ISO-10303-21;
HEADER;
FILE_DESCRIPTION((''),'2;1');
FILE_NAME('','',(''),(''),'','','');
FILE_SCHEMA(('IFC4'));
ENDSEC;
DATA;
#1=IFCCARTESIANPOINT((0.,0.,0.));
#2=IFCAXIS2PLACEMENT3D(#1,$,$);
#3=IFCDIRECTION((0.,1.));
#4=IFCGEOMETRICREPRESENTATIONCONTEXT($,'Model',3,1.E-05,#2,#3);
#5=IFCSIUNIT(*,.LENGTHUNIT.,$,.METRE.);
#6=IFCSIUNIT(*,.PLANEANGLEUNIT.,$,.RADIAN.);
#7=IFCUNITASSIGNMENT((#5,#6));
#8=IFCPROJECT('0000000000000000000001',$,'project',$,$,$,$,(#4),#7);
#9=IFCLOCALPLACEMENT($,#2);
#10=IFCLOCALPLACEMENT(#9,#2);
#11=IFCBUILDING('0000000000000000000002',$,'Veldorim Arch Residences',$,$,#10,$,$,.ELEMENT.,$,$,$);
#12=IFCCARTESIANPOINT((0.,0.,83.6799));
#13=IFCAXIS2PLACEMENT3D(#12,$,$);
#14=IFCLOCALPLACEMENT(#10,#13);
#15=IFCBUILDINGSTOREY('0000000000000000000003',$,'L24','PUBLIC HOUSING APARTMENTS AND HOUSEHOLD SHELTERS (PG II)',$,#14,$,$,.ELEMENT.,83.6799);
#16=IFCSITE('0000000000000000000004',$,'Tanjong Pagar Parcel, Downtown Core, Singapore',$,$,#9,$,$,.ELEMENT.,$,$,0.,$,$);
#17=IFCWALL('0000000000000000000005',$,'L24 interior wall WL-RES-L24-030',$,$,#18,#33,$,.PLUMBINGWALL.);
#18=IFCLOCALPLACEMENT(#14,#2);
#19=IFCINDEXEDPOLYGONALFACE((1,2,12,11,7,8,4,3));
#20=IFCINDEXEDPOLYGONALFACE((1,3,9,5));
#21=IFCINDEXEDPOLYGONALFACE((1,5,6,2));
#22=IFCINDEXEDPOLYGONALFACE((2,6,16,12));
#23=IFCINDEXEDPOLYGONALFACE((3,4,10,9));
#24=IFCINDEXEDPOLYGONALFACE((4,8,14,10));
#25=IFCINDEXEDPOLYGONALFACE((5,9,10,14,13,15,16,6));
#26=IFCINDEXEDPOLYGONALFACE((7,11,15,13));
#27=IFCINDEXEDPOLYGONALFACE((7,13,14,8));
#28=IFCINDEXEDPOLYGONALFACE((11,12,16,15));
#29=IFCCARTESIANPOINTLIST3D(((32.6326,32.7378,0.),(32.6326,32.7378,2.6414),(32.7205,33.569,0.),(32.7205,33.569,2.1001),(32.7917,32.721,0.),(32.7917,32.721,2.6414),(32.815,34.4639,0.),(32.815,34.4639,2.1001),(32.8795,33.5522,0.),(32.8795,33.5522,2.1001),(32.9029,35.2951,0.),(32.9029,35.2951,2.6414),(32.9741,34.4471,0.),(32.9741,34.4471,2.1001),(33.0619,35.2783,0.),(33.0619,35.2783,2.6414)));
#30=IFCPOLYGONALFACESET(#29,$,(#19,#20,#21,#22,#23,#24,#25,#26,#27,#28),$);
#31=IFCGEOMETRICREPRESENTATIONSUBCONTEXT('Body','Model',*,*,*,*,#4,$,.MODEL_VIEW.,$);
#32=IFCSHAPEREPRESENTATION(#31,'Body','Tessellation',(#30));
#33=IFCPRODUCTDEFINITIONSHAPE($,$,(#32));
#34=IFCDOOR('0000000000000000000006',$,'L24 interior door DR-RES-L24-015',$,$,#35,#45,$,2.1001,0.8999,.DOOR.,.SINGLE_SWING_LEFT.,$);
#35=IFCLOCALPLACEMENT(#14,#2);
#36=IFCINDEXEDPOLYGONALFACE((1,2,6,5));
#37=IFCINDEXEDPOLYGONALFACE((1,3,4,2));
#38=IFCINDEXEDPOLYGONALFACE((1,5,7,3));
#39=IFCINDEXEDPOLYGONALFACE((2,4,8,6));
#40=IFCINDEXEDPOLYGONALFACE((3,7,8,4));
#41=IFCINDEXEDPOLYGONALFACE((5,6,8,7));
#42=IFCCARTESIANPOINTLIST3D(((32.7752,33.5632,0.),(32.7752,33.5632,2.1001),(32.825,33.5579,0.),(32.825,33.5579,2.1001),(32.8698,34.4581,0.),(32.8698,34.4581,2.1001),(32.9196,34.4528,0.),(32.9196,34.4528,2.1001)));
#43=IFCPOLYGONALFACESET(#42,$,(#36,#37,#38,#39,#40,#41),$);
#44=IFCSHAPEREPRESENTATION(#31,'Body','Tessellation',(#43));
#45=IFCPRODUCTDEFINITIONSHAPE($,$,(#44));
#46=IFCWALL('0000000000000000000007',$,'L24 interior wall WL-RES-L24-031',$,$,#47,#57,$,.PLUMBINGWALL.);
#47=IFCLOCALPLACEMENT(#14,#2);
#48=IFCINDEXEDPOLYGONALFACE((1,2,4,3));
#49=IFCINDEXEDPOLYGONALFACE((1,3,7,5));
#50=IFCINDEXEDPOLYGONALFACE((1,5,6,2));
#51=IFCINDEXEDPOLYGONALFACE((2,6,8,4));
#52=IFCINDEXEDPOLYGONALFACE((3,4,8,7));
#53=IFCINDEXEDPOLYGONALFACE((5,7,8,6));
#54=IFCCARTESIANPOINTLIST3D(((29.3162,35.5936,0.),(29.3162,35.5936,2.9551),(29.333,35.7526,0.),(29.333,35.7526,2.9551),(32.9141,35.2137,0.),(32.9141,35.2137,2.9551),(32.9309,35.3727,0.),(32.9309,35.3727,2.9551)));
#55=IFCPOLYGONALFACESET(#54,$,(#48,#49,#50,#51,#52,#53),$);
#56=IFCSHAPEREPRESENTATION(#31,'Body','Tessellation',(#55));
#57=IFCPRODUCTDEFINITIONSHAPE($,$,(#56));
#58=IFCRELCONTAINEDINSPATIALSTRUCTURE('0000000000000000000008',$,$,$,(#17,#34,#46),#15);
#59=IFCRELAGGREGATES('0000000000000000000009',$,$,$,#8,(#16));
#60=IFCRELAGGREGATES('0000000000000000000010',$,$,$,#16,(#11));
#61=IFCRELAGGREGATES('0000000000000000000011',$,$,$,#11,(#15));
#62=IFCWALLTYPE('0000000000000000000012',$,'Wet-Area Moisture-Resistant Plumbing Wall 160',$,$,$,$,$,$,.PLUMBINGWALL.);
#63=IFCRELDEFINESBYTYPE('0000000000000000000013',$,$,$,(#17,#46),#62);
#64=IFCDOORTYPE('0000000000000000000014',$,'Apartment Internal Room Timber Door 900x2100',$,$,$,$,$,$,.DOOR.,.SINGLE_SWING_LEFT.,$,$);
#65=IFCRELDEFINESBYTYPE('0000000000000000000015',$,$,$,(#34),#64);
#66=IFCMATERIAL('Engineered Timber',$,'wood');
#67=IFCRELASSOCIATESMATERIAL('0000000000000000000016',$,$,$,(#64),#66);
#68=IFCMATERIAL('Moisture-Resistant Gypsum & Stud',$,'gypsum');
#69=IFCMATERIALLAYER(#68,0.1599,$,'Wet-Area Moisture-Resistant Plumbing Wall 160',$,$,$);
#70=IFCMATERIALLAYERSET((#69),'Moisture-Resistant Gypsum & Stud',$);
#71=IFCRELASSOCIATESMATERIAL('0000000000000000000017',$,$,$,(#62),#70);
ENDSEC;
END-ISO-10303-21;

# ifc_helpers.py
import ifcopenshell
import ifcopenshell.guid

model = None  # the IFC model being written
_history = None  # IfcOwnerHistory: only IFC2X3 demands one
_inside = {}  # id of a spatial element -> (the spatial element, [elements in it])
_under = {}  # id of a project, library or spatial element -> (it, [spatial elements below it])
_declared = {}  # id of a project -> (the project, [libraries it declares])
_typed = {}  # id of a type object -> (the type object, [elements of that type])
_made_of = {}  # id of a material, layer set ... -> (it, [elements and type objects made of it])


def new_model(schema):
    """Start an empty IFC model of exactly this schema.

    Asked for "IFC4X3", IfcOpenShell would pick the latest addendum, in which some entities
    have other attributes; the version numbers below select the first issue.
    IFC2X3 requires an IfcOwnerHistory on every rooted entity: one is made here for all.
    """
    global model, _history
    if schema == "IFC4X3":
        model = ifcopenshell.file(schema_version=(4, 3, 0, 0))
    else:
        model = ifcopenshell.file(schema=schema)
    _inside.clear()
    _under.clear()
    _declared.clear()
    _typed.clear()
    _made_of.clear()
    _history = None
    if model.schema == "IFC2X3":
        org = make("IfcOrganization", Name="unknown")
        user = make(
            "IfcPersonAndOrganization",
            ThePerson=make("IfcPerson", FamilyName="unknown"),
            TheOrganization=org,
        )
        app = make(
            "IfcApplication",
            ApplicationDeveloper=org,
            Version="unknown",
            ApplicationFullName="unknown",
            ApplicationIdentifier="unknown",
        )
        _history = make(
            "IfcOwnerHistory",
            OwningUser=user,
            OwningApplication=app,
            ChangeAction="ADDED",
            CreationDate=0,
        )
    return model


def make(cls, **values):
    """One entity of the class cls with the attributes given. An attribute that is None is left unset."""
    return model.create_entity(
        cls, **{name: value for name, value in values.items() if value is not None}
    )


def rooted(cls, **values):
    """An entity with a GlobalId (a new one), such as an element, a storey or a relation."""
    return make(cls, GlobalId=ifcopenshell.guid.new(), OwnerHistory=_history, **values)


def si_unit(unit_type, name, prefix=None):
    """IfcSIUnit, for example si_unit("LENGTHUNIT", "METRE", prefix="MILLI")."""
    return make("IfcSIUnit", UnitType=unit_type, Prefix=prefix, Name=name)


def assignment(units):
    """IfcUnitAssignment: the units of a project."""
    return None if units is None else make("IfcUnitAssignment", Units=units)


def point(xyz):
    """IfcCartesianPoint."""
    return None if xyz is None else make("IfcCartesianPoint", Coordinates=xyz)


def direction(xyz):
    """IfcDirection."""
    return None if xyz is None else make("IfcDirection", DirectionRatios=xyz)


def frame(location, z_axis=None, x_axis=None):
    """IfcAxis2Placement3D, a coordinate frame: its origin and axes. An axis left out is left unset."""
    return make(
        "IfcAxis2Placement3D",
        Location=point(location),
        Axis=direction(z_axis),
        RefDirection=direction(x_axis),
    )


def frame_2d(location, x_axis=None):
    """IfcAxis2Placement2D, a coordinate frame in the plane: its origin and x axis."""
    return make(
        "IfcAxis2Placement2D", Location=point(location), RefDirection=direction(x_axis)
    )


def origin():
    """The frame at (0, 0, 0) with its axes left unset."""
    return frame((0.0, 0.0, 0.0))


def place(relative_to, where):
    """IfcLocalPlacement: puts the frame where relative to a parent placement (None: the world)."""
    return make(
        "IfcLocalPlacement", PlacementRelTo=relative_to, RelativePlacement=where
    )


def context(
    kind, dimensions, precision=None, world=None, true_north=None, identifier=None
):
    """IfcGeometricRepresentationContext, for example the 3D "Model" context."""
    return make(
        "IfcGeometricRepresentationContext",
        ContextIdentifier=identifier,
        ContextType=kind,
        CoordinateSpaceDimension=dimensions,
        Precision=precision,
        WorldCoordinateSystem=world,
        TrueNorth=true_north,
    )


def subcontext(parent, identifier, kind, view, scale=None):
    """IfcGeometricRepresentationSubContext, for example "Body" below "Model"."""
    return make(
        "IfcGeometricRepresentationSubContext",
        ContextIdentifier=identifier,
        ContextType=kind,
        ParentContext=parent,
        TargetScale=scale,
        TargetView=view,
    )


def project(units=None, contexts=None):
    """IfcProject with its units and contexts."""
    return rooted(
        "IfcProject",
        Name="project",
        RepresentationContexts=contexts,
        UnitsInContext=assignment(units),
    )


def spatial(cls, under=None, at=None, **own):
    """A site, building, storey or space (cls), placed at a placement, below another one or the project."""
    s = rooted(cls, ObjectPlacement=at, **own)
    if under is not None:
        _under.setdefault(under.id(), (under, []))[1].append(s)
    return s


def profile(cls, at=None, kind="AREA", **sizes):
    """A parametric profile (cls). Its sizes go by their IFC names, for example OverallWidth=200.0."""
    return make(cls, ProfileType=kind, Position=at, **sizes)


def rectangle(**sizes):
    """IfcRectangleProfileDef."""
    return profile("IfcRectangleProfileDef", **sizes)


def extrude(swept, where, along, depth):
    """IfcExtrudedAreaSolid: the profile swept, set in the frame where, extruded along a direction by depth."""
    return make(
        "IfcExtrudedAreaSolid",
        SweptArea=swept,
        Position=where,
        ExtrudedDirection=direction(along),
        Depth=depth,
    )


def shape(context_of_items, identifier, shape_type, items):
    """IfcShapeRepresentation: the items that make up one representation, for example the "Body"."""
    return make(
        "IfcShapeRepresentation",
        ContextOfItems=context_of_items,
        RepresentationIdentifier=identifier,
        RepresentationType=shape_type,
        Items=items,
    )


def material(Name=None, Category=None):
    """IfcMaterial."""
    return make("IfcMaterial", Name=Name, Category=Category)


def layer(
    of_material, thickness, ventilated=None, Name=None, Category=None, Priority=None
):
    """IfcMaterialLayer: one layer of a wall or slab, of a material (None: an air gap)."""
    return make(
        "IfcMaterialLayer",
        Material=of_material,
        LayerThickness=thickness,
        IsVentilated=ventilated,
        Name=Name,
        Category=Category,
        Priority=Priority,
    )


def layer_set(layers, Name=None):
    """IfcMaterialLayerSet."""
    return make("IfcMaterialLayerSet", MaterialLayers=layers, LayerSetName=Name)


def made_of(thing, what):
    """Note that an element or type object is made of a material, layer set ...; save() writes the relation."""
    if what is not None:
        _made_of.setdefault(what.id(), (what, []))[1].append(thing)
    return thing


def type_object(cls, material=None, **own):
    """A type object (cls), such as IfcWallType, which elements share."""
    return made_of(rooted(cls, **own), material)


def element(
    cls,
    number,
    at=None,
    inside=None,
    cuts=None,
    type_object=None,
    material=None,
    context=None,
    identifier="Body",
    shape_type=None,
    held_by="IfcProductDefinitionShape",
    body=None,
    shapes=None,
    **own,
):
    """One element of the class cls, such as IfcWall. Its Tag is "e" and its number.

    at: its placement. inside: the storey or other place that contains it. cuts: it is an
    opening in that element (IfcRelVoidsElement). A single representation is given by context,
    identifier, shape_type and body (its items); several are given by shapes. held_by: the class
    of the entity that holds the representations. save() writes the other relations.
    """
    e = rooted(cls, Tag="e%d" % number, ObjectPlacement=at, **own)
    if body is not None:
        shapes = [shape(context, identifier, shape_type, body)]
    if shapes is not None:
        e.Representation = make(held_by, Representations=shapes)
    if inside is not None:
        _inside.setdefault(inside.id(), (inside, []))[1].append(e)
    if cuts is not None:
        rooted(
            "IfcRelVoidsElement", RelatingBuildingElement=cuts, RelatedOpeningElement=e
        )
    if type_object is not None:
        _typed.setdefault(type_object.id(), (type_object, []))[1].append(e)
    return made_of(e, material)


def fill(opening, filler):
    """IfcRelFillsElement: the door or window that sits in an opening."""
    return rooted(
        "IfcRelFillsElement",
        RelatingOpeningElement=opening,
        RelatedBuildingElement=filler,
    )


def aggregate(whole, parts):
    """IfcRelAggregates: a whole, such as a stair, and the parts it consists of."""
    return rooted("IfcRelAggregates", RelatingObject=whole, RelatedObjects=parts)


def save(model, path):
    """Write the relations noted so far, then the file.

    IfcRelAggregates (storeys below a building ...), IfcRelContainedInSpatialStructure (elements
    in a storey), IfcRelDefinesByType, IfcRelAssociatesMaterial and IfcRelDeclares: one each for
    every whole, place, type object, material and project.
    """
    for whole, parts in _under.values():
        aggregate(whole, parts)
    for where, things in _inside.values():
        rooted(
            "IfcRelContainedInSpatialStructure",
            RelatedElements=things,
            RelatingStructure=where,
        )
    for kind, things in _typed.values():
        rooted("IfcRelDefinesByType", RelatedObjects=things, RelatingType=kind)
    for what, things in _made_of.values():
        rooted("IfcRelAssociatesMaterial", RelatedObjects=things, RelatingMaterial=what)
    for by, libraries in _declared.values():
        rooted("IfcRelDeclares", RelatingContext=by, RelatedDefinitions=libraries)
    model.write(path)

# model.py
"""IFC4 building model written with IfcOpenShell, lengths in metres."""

from ifc_helpers import new_model, si_unit, direction, frame, frame_2d, origin, place, context, subcontext, project, spatial, rectangle, extrude, material, layer, layer_set, type_object, element, fill, save


model = new_model("IFC4")

# Units and contexts
model_context = context("Model", 3, precision=1e-05, world=origin(), true_north=direction((0.0, 1.0)))
body_context = subcontext(model_context, "Body", "Model", "MODEL_VIEW")
ifc_project = project(units=[si_unit("LENGTHUNIT", "METRE"), si_unit("PLANEANGLEUNIT", "RADIAN")], contexts=[model_context])

# Site, building, storey
site_placement = place(None, origin())
site = spatial("IfcSite", under=ifc_project, at=site_placement, Name="Tanjong Pagar Parcel, Downtown Core, Singapore", CompositionType="ELEMENT", RefElevation=0.0)
building_placement = place(site_placement, origin())
building = spatial("IfcBuilding", under=site, at=building_placement, Name="Veldorim Arch Residences", CompositionType="ELEMENT")
storey_placement = place(building_placement, frame((0.0, 0.0, 83.6799)))
storey = spatial("IfcBuildingStorey", under=building, at=storey_placement, Name="L24", Description="PUBLIC HOUSING APARTMENTS AND HOUSEHOLD SHELTERS (PG II)", CompositionType="ELEMENT", Elevation=83.6799)

# Shared definitions
ifc_material_1 = material(Name="Engineered Timber", Category="wood")
door_type_1 = type_object("IfcDoorType", Name="Apartment Internal Room Timber Door 900x2100", OperationType="SINGLE_SWING_LEFT", PredefinedType="DOOR", material=ifc_material_1)

# Wall, opening, door
ifc_material_2 = material(Name="Moisture-Resistant Gypsum & Stud", Category="gypsum")
ifc_layer_1 = layer(ifc_material_2, 0.1599, Name="Wet-Area Moisture-Resistant Plumbing Wall 160")
ifc_layer_set_1 = layer_set([ifc_layer_1], Name="Moisture-Resistant Gypsum & Stud")
wall_type_1 = type_object("IfcWallType", Name="Wet-Area Moisture-Resistant Plumbing Wall 160", PredefinedType="PLUMBINGWALL", material=ifc_layer_set_1)
wall_1_placement = place(storey_placement, frame((32.7122, 32.7295, 0.0), z_axis=(0.0, 0.0, 1.0), x_axis=(0.105095, 0.994462, 0.0)))
wall_1 = element("IfcWall", 1, at=wall_1_placement, inside=storey, type_object=wall_type_1, Name="L24 interior wall WL-RES-L24-030", PredefinedType="PLUMBINGWALL", context=body_context, shape_type="SweptSolid", body=[
    extrude(rectangle(XDim=2.5715, YDim=0.1599, at=frame_2d((1.2856, 0.0))), origin(), (0.0, 0.0, 1.0), 2.6414),
])
opening_1_placement = place(wall_1_placement, frame((0.8357, 0.0, 0.0)))
opening_1 = element("IfcOpeningElement", 2, at=opening_1_placement, cuts=wall_1, PredefinedType="OPENING", context=body_context, shape_type="SweptSolid", body=[
    extrude(rectangle(XDim=0.8999, YDim=2.1001, at=frame_2d((0.45, 1.05))), frame((0.0, 0.0898, 0.0), z_axis=(0.0, -1.0, 0.0), x_axis=(1.0, 0.0, 0.0)), (0.0, 0.0, 1.0), 0.1799),
])
door_1_placement = place(opening_1_placement, origin())
door_1 = element("IfcDoor", 3, at=door_1_placement, inside=storey, type_object=door_type_1, Name="L24 interior door DR-RES-L24-015", OperationType="SINGLE_SWING_LEFT", OverallHeight=2.1001, OverallWidth=0.8999, PredefinedType="DOOR", context=body_context, shape_type="SweptSolid", body=[
    extrude(rectangle(XDim=0.8999, YDim=2.1001, at=frame_2d((0.45, 1.05))), frame((0.0, 0.0249, 0.0), z_axis=(0.0, -1.0, 0.0), x_axis=(1.0, 0.0, 0.0)), (0.0, 0.0, 1.0), 0.05),
])
fill(opening_1, door_1)

# Wall
wall_2_placement = place(storey_placement, frame((32.9226, 35.2932, 0.0), z_axis=(0.0, 0.0, 1.0), x_axis=(-0.994472, 0.105001, 0.0)))
element("IfcWall", 4, at=wall_2_placement, inside=storey, type_object=wall_type_1, Name="L24 interior wall WL-RES-L24-031", PredefinedType="PLUMBINGWALL", context=body_context, shape_type="SweptSolid", body=[
    extrude(rectangle(XDim=3.6179, YDim=0.1599, at=frame_2d((1.8091, 0.0))), origin(), (0.0, 0.0, 1.0), 2.9551),
])

save(model, "model.ifc")
